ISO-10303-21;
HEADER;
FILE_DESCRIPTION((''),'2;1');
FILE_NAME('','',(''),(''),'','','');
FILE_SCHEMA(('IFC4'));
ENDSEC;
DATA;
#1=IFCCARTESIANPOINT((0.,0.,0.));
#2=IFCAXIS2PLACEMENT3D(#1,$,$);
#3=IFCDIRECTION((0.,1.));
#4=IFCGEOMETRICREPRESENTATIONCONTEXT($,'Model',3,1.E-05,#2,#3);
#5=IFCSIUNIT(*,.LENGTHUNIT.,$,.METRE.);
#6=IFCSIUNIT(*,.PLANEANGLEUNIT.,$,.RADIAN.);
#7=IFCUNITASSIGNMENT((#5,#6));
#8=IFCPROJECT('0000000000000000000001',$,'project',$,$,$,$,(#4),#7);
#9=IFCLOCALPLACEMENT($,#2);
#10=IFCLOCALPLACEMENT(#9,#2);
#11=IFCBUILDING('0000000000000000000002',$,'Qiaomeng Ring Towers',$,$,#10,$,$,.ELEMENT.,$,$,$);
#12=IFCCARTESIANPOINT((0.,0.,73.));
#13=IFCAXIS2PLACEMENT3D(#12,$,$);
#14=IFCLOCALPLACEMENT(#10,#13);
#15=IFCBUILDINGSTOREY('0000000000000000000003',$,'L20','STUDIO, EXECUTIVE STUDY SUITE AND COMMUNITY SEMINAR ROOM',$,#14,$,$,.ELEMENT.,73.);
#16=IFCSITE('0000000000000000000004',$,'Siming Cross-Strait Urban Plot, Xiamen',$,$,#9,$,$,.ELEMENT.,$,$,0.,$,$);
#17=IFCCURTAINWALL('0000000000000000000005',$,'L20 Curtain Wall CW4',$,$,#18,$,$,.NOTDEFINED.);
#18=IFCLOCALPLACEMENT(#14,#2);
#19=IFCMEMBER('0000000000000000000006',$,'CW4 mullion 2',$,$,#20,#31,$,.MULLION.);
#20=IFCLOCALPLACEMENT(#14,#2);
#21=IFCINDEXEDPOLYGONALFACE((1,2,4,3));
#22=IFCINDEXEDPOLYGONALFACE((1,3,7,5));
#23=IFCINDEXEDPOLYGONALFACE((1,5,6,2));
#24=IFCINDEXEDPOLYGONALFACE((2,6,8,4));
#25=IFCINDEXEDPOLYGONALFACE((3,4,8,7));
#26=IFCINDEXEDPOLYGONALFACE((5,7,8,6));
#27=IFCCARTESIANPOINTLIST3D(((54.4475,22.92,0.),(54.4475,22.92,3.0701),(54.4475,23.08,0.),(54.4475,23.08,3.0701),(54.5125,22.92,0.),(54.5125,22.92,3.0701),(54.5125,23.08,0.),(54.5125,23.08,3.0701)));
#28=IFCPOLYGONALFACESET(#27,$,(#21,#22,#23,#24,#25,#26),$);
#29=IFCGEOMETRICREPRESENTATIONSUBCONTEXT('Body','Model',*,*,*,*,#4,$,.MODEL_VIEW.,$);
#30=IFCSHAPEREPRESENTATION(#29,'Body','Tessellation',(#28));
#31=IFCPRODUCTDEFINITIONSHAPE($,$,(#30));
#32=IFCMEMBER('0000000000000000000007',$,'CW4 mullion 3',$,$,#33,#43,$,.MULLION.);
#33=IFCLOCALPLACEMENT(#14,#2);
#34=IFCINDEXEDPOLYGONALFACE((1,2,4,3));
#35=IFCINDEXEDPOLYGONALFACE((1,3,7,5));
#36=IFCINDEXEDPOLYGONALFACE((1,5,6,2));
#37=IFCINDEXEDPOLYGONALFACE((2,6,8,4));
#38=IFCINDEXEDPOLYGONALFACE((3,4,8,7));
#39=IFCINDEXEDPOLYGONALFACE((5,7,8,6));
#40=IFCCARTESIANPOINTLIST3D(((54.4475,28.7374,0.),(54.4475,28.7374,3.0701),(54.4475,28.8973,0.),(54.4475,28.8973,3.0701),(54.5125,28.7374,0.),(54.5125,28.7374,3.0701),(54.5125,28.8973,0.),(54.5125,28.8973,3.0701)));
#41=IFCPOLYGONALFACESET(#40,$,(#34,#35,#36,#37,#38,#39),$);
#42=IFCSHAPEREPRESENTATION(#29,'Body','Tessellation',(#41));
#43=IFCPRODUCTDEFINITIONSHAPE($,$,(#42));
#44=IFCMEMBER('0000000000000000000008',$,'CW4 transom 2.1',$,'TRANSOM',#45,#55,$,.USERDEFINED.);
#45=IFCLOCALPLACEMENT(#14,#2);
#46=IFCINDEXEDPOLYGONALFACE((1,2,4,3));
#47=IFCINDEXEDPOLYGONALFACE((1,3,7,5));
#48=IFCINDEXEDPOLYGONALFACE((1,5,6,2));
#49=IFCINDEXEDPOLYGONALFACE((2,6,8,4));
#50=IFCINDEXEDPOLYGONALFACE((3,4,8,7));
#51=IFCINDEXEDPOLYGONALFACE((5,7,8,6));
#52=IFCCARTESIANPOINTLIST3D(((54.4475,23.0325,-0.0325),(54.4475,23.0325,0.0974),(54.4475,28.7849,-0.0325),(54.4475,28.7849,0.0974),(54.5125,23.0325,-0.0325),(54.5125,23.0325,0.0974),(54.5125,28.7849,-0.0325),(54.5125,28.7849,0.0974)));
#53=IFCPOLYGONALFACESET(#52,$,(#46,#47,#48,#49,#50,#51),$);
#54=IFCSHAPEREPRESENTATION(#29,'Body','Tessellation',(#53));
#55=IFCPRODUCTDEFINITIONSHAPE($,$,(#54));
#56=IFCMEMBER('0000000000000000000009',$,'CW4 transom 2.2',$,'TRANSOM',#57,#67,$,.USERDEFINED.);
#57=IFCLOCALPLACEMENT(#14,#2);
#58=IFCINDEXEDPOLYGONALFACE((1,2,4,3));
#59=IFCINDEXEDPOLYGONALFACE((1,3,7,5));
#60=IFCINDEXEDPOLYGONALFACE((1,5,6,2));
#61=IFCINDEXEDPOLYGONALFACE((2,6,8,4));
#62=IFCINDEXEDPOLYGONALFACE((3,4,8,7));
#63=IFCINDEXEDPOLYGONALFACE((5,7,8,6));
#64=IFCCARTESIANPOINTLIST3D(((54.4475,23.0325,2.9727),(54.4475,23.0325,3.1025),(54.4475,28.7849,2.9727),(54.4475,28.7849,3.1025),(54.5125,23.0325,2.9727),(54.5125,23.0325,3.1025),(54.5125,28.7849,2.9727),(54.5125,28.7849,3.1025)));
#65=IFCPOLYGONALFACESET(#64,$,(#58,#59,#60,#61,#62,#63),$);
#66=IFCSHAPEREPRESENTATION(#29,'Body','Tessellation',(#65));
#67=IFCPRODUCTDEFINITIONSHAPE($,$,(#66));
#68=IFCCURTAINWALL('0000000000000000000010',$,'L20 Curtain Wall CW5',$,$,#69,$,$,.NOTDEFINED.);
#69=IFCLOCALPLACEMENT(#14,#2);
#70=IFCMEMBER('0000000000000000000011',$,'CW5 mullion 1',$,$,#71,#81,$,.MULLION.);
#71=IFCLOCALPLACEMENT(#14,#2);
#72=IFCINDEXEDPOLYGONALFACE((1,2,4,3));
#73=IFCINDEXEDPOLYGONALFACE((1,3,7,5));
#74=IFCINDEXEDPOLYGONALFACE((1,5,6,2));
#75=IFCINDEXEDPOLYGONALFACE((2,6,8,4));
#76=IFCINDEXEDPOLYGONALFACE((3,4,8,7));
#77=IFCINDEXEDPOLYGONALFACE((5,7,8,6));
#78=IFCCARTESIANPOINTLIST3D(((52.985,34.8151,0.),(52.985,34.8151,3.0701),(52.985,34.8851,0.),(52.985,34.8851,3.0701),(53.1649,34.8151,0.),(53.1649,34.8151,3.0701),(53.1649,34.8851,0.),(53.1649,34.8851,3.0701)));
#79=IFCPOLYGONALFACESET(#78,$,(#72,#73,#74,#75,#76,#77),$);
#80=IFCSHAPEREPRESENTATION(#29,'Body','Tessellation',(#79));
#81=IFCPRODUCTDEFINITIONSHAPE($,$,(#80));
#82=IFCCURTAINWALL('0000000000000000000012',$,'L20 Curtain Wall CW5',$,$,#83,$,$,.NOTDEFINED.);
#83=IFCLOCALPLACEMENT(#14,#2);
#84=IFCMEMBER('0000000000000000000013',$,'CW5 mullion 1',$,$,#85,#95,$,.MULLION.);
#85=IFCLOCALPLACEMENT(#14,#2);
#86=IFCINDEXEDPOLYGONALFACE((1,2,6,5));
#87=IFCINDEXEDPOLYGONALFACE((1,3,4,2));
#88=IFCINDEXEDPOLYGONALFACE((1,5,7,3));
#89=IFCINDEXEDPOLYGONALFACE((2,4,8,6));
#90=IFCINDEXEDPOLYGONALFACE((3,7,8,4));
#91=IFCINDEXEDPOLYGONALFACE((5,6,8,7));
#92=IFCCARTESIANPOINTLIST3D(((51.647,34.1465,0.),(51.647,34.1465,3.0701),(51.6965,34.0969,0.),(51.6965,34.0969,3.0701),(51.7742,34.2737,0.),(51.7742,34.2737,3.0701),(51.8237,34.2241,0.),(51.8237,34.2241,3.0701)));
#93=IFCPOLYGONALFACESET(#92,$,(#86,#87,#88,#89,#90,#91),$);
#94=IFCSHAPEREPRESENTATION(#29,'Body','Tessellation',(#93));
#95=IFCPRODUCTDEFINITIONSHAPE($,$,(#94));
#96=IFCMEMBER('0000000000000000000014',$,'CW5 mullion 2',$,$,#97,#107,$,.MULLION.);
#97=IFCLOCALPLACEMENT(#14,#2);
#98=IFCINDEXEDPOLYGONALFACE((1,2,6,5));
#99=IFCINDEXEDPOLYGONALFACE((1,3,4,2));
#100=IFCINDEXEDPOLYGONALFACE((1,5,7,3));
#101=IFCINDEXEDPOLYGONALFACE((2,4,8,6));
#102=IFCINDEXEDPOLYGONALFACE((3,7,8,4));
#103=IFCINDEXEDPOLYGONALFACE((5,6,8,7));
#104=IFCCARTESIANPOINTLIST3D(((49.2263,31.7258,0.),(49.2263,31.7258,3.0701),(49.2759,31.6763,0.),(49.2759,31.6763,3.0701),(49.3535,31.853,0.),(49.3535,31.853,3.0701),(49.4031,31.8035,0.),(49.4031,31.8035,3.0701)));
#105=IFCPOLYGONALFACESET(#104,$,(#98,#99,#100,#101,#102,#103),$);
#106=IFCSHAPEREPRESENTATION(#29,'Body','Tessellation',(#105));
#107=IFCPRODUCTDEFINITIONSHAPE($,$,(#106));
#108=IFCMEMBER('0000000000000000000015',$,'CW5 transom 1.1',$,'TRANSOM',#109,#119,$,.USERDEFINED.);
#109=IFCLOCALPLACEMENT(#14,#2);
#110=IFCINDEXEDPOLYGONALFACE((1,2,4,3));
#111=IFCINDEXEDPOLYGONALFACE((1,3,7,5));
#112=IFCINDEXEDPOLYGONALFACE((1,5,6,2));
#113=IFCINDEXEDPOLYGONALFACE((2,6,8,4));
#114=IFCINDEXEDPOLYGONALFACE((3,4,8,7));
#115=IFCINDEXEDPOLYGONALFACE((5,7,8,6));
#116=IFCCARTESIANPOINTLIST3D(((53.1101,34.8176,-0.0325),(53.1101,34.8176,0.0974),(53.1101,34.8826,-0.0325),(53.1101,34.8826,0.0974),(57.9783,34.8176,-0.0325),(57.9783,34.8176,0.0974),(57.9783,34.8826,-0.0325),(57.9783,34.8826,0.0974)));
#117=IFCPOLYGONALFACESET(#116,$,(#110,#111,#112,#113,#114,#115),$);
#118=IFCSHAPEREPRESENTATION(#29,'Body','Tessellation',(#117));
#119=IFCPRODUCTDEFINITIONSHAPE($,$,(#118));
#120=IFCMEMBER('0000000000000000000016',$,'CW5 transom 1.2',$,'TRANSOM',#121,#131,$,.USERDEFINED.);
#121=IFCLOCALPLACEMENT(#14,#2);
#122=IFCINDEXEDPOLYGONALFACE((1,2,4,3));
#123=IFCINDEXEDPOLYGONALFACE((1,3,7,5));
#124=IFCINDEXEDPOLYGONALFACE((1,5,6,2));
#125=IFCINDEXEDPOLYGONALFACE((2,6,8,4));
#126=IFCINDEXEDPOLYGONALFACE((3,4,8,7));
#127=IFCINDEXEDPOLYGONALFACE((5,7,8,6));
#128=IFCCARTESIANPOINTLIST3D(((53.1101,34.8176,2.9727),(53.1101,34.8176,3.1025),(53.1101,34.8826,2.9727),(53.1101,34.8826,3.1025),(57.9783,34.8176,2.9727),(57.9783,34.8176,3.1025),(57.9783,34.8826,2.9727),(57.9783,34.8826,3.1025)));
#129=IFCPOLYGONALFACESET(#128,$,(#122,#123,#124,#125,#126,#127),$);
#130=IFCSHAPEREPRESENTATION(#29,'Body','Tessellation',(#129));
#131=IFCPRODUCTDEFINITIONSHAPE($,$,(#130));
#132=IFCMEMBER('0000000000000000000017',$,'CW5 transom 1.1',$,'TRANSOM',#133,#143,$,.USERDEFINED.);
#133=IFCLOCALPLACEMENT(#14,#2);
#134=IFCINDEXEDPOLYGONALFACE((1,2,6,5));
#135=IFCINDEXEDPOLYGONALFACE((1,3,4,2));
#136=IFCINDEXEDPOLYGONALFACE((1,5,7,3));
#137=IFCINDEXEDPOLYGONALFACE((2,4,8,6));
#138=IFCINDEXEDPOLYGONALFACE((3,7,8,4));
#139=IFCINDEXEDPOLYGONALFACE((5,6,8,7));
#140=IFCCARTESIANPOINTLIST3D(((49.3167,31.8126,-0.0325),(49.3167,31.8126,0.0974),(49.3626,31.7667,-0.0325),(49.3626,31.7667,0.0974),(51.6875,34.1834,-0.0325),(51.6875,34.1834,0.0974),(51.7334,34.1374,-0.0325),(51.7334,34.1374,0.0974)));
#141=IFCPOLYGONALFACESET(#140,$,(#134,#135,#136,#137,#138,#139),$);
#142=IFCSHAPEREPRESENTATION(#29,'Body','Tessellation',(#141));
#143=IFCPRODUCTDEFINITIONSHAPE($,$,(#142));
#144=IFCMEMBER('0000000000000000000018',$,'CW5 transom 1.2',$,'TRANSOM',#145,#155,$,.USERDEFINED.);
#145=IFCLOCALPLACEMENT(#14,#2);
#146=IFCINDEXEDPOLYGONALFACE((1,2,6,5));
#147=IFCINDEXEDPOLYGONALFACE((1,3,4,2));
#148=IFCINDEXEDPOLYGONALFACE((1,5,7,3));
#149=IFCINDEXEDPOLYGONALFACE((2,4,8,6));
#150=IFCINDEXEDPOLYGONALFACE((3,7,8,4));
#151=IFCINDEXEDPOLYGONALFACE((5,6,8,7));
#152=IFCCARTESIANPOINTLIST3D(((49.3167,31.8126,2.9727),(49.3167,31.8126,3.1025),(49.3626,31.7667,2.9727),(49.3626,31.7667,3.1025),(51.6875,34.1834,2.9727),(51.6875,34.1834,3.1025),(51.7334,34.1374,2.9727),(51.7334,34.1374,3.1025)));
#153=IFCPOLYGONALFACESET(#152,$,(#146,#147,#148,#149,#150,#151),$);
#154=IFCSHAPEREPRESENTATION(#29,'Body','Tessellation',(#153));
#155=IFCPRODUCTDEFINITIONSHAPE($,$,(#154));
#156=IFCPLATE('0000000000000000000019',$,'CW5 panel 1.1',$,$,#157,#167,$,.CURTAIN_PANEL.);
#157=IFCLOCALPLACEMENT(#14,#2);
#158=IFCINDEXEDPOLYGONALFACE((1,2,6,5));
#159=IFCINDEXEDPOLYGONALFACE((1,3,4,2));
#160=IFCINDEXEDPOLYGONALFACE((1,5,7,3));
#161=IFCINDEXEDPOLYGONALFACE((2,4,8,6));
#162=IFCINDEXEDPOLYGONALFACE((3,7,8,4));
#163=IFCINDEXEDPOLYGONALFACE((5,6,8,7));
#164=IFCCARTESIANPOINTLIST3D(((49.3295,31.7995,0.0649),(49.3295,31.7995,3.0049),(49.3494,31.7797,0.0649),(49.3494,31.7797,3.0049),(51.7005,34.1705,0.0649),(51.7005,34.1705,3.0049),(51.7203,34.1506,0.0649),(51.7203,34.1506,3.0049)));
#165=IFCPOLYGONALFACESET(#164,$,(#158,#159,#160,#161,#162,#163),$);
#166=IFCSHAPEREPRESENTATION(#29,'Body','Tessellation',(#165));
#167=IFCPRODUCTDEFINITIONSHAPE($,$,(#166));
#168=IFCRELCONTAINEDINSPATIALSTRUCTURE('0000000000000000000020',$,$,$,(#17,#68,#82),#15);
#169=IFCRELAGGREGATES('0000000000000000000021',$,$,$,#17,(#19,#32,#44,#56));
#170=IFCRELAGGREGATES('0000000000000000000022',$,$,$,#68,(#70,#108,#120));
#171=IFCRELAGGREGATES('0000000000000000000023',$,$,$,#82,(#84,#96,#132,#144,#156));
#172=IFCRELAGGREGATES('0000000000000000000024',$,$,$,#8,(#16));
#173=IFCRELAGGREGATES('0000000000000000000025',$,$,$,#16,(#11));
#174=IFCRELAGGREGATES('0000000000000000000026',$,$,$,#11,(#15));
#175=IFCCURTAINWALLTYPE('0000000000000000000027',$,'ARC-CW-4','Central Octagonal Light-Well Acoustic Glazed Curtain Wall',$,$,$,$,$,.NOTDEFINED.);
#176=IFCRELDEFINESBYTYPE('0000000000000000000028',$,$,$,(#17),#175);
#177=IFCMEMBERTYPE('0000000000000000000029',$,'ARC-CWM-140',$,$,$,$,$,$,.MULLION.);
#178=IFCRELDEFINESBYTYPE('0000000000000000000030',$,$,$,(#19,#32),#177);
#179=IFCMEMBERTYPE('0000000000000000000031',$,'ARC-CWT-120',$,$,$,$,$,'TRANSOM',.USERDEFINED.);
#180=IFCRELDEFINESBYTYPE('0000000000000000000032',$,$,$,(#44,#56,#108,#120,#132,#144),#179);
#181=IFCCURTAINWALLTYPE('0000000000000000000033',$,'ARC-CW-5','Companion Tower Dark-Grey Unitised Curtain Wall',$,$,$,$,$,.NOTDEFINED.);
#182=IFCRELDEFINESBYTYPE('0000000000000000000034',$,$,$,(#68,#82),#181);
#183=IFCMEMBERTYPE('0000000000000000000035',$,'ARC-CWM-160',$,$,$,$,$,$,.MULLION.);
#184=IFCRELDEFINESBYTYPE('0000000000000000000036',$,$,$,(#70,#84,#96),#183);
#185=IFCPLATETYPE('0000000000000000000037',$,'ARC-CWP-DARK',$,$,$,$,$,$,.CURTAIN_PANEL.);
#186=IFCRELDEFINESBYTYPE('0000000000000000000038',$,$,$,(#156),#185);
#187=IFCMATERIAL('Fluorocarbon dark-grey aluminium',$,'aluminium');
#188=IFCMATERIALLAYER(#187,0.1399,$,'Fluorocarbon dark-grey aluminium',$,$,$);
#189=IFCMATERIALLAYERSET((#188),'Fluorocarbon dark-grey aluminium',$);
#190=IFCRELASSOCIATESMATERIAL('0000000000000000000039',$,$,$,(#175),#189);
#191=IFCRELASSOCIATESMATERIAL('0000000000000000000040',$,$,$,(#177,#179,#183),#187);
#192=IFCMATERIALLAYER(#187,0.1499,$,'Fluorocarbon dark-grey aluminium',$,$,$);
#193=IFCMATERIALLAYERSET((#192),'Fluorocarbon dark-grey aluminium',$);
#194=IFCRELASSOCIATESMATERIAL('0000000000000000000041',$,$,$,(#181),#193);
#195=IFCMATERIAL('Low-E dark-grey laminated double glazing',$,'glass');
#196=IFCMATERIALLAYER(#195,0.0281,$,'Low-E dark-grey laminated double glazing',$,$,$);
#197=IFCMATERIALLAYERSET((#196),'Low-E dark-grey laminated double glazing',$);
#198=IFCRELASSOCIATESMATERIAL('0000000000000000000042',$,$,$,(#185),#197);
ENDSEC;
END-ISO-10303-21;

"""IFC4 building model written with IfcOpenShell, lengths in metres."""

from ifc_helpers import new_model, si_unit, direction, frame, origin, origin_2d, place, context, subcontext, project, spatial, rectangle, extrude, source, transform, mapped, material, layer, layer_set, material_profile, profile_set, type_object, element, aggregate, save


model = new_model("IFC4")

# Units and contexts
model_context = context("Model", 3, precision=1e-05, world=origin(), true_north=direction((0.0, 1.0)))
body_context = subcontext(model_context, "Body", "Model", "MODEL_VIEW")
ifc_project = project(units=[si_unit("LENGTHUNIT", "METRE"), si_unit("PLANEANGLEUNIT", "RADIAN")], contexts=[model_context])

# Site, building, storey
site_placement = place(None, origin())
site = spatial("IfcSite", under=ifc_project, at=site_placement, Name="Siming Cross-Strait Urban Plot, Xiamen", CompositionType="ELEMENT", RefElevation=0.0)
building_placement = place(site_placement, origin())
building = spatial("IfcBuilding", under=site, at=building_placement, Name="Qiaomeng Ring Towers", CompositionType="ELEMENT")
storey_placement = place(building_placement, frame((0.0, 0.0, 73.0)))
storey = spatial("IfcBuildingStorey", under=building, at=storey_placement, Name="L20", Description="STUDIO, EXECUTIVE STUDY SUITE AND COMMUNITY SEMINAR ROOM", CompositionType="ELEMENT", Elevation=73.0)

# Curtain wall, members
ifc_material_1 = material(Name="Fluorocarbon dark-grey aluminium", Category="aluminium")
ifc_layer_1 = layer(ifc_material_1, 0.1399, Name="Fluorocarbon dark-grey aluminium")
ifc_layer_set_1 = layer_set([ifc_layer_1], Name="Fluorocarbon dark-grey aluminium")
curtain_wall_type_1 = type_object("IfcCurtainWallType", Name="ARC-CW-4", Description="Central Octagonal Light-Well Acoustic Glazed Curtain Wall", PredefinedType="NOTDEFINED", material=ifc_layer_set_1)
curtain_wall_1_placement = place(storey_placement, origin())
curtain_wall_1 = element("IfcCurtainWall", 1, at=curtain_wall_1_placement, inside=storey, type_object=curtain_wall_type_1, Name="L20 Curtain Wall CW4", PredefinedType="NOTDEFINED")
ifc_material_profile_1 = material_profile(ifc_material_1, rectangle(XDim=0.0649, YDim=0.1599, at=origin_2d()), Name="ALU MULL 65x160")
ifc_profile_set_1 = profile_set([ifc_material_profile_1], Name="Fluorocarbon dark-grey aluminium")
member_type_1 = type_object("IfcMemberType", Name="ARC-CWM-140", PredefinedType="MULLION", material=ifc_profile_set_1)
shared_shape_1 = source(origin(), body_context, "Body", "SweptSolid", [
    extrude(rectangle(XDim=0.0649, YDim=0.1599, at=origin_2d()), origin(), (0.0, 0.0, 1.0), 3.0701),
])
member_1_placement = place(storey_placement, frame((54.48, 23.0, 0.0), z_axis=(0.0, 0.0, 1.0), x_axis=(-1.0, 0.0, 0.0)))
member_1 = element("IfcMember", 2, at=member_1_placement, type_object=member_type_1, Name="CW4 mullion 2", PredefinedType="MULLION", context=body_context, shape_type="MappedRepresentation", body=[
    mapped(shared_shape_1, transform((0.0, 0.0, 0.0), x_axis=(1.0, 0.0, 0.0), y_axis=(0.0, 1.0, 0.0), z_axis=(0.0, 0.0, 1.0), scale=1.0)),
])
member_2_placement = place(storey_placement, frame((54.48, 28.8174, 0.0), z_axis=(0.0, 0.0, 1.0), x_axis=(-1.0, 0.0, 0.0)))
member_2 = element("IfcMember", 3, at=member_2_placement, type_object=member_type_1, Name="CW4 mullion 3", PredefinedType="MULLION", context=body_context, shape_type="MappedRepresentation", body=[
    mapped(shared_shape_1, transform((0.0, 0.0, 0.0), x_axis=(1.0, 0.0, 0.0), y_axis=(0.0, 1.0, 0.0), z_axis=(0.0, 0.0, 1.0), scale=1.0)),
])
ifc_material_profile_2 = material_profile(ifc_material_1, rectangle(XDim=0.0649, YDim=0.1299, at=origin_2d()), Name="ALU TRAN 65x130")
ifc_profile_set_2 = profile_set([ifc_material_profile_2], Name="Fluorocarbon dark-grey aluminium")
member_type_2 = type_object("IfcMemberType", Name="ARC-CWT-120", ElementType="TRANSOM", PredefinedType="USERDEFINED", material=ifc_profile_set_2)
shared_shape_2 = source(origin(), body_context, "Body", "SweptSolid", [
    extrude(rectangle(XDim=0.0649, YDim=0.1299, at=origin_2d()), origin(), (0.0, 0.0, 1.0), 5.7524),
])
member_3_placement = place(storey_placement, frame((54.48, 23.0325, 0.0325), z_axis=(0.0, 1.0, 0.0), x_axis=(-1.0, 0.0, 0.0)))
member_3 = element("IfcMember", 4, at=member_3_placement, type_object=member_type_2, Name="CW4 transom 2.1", ObjectType="TRANSOM", PredefinedType="USERDEFINED", context=body_context, shape_type="MappedRepresentation", body=[
    mapped(shared_shape_2, transform((0.0, 0.0, 0.0), x_axis=(1.0, 0.0, 0.0), y_axis=(0.0, 1.0, 0.0), z_axis=(0.0, 0.0, 1.0), scale=1.0)),
])
member_4_placement = place(storey_placement, frame((54.48, 23.0325, 3.0376), z_axis=(0.0, 1.0, 0.0), x_axis=(-1.0, 0.0, 0.0)))
member_4 = element("IfcMember", 5, at=member_4_placement, type_object=member_type_2, Name="CW4 transom 2.2", ObjectType="TRANSOM", PredefinedType="USERDEFINED", context=body_context, shape_type="MappedRepresentation", body=[
    mapped(shared_shape_2, transform((0.0, 0.0, 0.0), x_axis=(1.0, 0.0, 0.0), y_axis=(0.0, 1.0, 0.0), z_axis=(0.0, 0.0, 1.0), scale=1.0)),
])
aggregate(curtain_wall_1, [member_1, member_2, member_3, member_4])

# Curtain wall, member
ifc_layer_2 = layer(ifc_material_1, 0.1499, Name="Fluorocarbon dark-grey aluminium")
ifc_layer_set_2 = layer_set([ifc_layer_2], Name="Fluorocarbon dark-grey aluminium")
curtain_wall_type_2 = type_object("IfcCurtainWallType", Name="ARC-CW-5", Description="Companion Tower Dark-Grey Unitised Curtain Wall", PredefinedType="NOTDEFINED", material=ifc_layer_set_2)
curtain_wall_2_placement = place(storey_placement, origin())
curtain_wall_2 = element("IfcCurtainWall", 6, at=curtain_wall_2_placement, inside=storey, type_object=curtain_wall_type_2, Name="L20 Curtain Wall CW5", PredefinedType="NOTDEFINED")
ifc_material_profile_3 = material_profile(ifc_material_1, rectangle(XDim=0.0701, YDim=0.1799, at=origin_2d()), Name="ALU MULL 70x180")
ifc_profile_set_3 = profile_set([ifc_material_profile_3], Name="Fluorocarbon dark-grey aluminium")
member_type_3 = type_object("IfcMemberType", Name="ARC-CWM-160", PredefinedType="MULLION", material=ifc_profile_set_3)
shared_shape_3 = source(origin(), body_context, "Body", "SweptSolid", [
    extrude(rectangle(XDim=0.0701, YDim=0.1799, at=origin_2d()), origin(), (0.0, 0.0, 1.0), 3.0701),
])
member_5_placement = place(storey_placement, frame((53.075, 34.8501, 0.0), z_axis=(0.0, 0.0, 1.0), x_axis=(0.0, 1.0, 0.0)))
member_5 = element("IfcMember", 7, at=member_5_placement, type_object=member_type_3, Name="CW5 mullion 1", PredefinedType="MULLION", context=body_context, shape_type="MappedRepresentation", body=[
    mapped(shared_shape_3, transform((0.0, 0.0, 0.0), x_axis=(1.0, 0.0, 0.0), y_axis=(0.0, 1.0, 0.0), z_axis=(0.0, 0.0, 1.0), scale=1.0)),
])

# Curtain wall, members
curtain_wall_3_placement = place(storey_placement, origin())
curtain_wall_3 = element("IfcCurtainWall", 8, at=curtain_wall_3_placement, inside=storey, type_object=curtain_wall_type_2, Name="L20 Curtain Wall CW5", PredefinedType="NOTDEFINED")
member_6_placement = place(storey_placement, frame((51.7354, 34.1853, 0.0), z_axis=(0.0, 0.0, 1.0), x_axis=(0.707107, -0.707107, 0.0)))
member_6 = element("IfcMember", 9, at=member_6_placement, type_object=member_type_3, Name="CW5 mullion 1", PredefinedType="MULLION", context=body_context, shape_type="MappedRepresentation", body=[
    mapped(shared_shape_3, transform((0.0, 0.0, 0.0), x_axis=(1.0, 0.0, 0.0), y_axis=(0.0, 1.0, 0.0), z_axis=(0.0, 0.0, 1.0), scale=1.0)),
])
member_7_placement = place(storey_placement, frame((49.3147, 31.7646, 0.0), z_axis=(0.0, 0.0, 1.0), x_axis=(0.707107, -0.707107, 0.0)))
member_7 = element("IfcMember", 10, at=member_7_placement, type_object=member_type_3, Name="CW5 mullion 2", PredefinedType="MULLION", context=body_context, shape_type="MappedRepresentation", body=[
    mapped(shared_shape_3, transform((0.0, 0.0, 0.0), x_axis=(1.0, 0.0, 0.0), y_axis=(0.0, 1.0, 0.0), z_axis=(0.0, 0.0, 1.0), scale=1.0)),
])

# Members
shared_shape_4 = source(origin(), body_context, "Body", "SweptSolid", [
    extrude(rectangle(XDim=0.0649, YDim=0.1299, at=origin_2d()), origin(), (0.0, 0.0, 1.0), 4.8682),
])
member_8_placement = place(storey_placement, frame((53.1101, 34.8501, 0.0325), z_axis=(1.0, 0.0, 0.0), x_axis=(0.0, 1.0, 0.0)))
member_8 = element("IfcMember", 11, at=member_8_placement, type_object=member_type_2, Name="CW5 transom 1.1", ObjectType="TRANSOM", PredefinedType="USERDEFINED", context=body_context, shape_type="MappedRepresentation", body=[
    mapped(shared_shape_4, transform((0.0, 0.0, 0.0), x_axis=(1.0, 0.0, 0.0), y_axis=(0.0, 1.0, 0.0), z_axis=(0.0, 0.0, 1.0), scale=1.0)),
])
member_9_placement = place(storey_placement, frame((53.1101, 34.8501, 3.0376), z_axis=(1.0, 0.0, 0.0), x_axis=(0.0, 1.0, 0.0)))
member_9 = element("IfcMember", 12, at=member_9_placement, type_object=member_type_2, Name="CW5 transom 1.2", ObjectType="TRANSOM", PredefinedType="USERDEFINED", context=body_context, shape_type="MappedRepresentation", body=[
    mapped(shared_shape_4, transform((0.0, 0.0, 0.0), x_axis=(1.0, 0.0, 0.0), y_axis=(0.0, 1.0, 0.0), z_axis=(0.0, 0.0, 1.0), scale=1.0)),
])
aggregate(curtain_wall_2, [member_5, member_8, member_9])
shared_shape_5 = source(origin(), body_context, "Body", "SweptSolid", [
    extrude(rectangle(XDim=0.0649, YDim=0.1299, at=origin_2d()), origin(), (0.0, 0.0, 1.0), 3.3528),
])
member_10_placement = place(storey_placement, frame((51.7104, 34.1604, 0.0325), z_axis=(-0.707107, -0.707107, 0.0), x_axis=(0.707107, -0.707107, 0.0)))
member_10 = element("IfcMember", 13, at=member_10_placement, type_object=member_type_2, Name="CW5 transom 1.1", ObjectType="TRANSOM", PredefinedType="USERDEFINED", context=body_context, shape_type="MappedRepresentation", body=[
    mapped(shared_shape_5, transform((0.0, 0.0, 0.0), x_axis=(1.0, 0.0, 0.0), y_axis=(0.0, 1.0, 0.0), z_axis=(0.0, 0.0, 1.0), scale=1.0)),
])
member_11_placement = place(storey_placement, frame((51.7104, 34.1604, 3.0376), z_axis=(-0.707107, -0.707107, 0.0), x_axis=(0.707107, -0.707107, 0.0)))
member_11 = element("IfcMember", 14, at=member_11_placement, type_object=member_type_2, Name="CW5 transom 1.2", ObjectType="TRANSOM", PredefinedType="USERDEFINED", context=body_context, shape_type="MappedRepresentation", body=[
    mapped(shared_shape_5, transform((0.0, 0.0, 0.0), x_axis=(1.0, 0.0, 0.0), y_axis=(0.0, 1.0, 0.0), z_axis=(0.0, 0.0, 1.0), scale=1.0)),
])

# Plate
ifc_material_2 = material(Name="Low-E dark-grey laminated double glazing", Category="glass")
ifc_layer_3 = layer(ifc_material_2, 0.0281, Name="Low-E dark-grey laminated double glazing")
ifc_layer_set_3 = layer_set([ifc_layer_3], Name="Low-E dark-grey laminated double glazing")
plate_type = type_object("IfcPlateType", Name="ARC-CWP-DARK", PredefinedType="CURTAIN_PANEL", material=ifc_layer_set_3)
shared_shape_6 = source(origin(), body_context, "Body", "SweptSolid", [
    extrude(rectangle(XDim=3.353, YDim=0.0281, at=origin_2d()), origin(), (0.0, 0.0, 1.0), 2.9399),
])
plate_placement = place(storey_placement, frame((50.5249, 32.9751, 0.0649), z_axis=(0.0, 0.0, 1.0), x_axis=(-0.707107, -0.707107, 0.0)))
plate = element("IfcPlate", 15, at=plate_placement, type_object=plate_type, Name="CW5 panel 1.1", PredefinedType="CURTAIN_PANEL", context=body_context, shape_type="MappedRepresentation", body=[
    mapped(shared_shape_6, transform((0.0, 0.0, 0.0), x_axis=(1.0, 0.0, 0.0), y_axis=(0.0, 1.0, 0.0), z_axis=(0.0, 0.0, 1.0), scale=1.0)),
])
aggregate(curtain_wall_3, [member_6, member_7, member_10, member_11, plate])

save(model, "model.ifc")
